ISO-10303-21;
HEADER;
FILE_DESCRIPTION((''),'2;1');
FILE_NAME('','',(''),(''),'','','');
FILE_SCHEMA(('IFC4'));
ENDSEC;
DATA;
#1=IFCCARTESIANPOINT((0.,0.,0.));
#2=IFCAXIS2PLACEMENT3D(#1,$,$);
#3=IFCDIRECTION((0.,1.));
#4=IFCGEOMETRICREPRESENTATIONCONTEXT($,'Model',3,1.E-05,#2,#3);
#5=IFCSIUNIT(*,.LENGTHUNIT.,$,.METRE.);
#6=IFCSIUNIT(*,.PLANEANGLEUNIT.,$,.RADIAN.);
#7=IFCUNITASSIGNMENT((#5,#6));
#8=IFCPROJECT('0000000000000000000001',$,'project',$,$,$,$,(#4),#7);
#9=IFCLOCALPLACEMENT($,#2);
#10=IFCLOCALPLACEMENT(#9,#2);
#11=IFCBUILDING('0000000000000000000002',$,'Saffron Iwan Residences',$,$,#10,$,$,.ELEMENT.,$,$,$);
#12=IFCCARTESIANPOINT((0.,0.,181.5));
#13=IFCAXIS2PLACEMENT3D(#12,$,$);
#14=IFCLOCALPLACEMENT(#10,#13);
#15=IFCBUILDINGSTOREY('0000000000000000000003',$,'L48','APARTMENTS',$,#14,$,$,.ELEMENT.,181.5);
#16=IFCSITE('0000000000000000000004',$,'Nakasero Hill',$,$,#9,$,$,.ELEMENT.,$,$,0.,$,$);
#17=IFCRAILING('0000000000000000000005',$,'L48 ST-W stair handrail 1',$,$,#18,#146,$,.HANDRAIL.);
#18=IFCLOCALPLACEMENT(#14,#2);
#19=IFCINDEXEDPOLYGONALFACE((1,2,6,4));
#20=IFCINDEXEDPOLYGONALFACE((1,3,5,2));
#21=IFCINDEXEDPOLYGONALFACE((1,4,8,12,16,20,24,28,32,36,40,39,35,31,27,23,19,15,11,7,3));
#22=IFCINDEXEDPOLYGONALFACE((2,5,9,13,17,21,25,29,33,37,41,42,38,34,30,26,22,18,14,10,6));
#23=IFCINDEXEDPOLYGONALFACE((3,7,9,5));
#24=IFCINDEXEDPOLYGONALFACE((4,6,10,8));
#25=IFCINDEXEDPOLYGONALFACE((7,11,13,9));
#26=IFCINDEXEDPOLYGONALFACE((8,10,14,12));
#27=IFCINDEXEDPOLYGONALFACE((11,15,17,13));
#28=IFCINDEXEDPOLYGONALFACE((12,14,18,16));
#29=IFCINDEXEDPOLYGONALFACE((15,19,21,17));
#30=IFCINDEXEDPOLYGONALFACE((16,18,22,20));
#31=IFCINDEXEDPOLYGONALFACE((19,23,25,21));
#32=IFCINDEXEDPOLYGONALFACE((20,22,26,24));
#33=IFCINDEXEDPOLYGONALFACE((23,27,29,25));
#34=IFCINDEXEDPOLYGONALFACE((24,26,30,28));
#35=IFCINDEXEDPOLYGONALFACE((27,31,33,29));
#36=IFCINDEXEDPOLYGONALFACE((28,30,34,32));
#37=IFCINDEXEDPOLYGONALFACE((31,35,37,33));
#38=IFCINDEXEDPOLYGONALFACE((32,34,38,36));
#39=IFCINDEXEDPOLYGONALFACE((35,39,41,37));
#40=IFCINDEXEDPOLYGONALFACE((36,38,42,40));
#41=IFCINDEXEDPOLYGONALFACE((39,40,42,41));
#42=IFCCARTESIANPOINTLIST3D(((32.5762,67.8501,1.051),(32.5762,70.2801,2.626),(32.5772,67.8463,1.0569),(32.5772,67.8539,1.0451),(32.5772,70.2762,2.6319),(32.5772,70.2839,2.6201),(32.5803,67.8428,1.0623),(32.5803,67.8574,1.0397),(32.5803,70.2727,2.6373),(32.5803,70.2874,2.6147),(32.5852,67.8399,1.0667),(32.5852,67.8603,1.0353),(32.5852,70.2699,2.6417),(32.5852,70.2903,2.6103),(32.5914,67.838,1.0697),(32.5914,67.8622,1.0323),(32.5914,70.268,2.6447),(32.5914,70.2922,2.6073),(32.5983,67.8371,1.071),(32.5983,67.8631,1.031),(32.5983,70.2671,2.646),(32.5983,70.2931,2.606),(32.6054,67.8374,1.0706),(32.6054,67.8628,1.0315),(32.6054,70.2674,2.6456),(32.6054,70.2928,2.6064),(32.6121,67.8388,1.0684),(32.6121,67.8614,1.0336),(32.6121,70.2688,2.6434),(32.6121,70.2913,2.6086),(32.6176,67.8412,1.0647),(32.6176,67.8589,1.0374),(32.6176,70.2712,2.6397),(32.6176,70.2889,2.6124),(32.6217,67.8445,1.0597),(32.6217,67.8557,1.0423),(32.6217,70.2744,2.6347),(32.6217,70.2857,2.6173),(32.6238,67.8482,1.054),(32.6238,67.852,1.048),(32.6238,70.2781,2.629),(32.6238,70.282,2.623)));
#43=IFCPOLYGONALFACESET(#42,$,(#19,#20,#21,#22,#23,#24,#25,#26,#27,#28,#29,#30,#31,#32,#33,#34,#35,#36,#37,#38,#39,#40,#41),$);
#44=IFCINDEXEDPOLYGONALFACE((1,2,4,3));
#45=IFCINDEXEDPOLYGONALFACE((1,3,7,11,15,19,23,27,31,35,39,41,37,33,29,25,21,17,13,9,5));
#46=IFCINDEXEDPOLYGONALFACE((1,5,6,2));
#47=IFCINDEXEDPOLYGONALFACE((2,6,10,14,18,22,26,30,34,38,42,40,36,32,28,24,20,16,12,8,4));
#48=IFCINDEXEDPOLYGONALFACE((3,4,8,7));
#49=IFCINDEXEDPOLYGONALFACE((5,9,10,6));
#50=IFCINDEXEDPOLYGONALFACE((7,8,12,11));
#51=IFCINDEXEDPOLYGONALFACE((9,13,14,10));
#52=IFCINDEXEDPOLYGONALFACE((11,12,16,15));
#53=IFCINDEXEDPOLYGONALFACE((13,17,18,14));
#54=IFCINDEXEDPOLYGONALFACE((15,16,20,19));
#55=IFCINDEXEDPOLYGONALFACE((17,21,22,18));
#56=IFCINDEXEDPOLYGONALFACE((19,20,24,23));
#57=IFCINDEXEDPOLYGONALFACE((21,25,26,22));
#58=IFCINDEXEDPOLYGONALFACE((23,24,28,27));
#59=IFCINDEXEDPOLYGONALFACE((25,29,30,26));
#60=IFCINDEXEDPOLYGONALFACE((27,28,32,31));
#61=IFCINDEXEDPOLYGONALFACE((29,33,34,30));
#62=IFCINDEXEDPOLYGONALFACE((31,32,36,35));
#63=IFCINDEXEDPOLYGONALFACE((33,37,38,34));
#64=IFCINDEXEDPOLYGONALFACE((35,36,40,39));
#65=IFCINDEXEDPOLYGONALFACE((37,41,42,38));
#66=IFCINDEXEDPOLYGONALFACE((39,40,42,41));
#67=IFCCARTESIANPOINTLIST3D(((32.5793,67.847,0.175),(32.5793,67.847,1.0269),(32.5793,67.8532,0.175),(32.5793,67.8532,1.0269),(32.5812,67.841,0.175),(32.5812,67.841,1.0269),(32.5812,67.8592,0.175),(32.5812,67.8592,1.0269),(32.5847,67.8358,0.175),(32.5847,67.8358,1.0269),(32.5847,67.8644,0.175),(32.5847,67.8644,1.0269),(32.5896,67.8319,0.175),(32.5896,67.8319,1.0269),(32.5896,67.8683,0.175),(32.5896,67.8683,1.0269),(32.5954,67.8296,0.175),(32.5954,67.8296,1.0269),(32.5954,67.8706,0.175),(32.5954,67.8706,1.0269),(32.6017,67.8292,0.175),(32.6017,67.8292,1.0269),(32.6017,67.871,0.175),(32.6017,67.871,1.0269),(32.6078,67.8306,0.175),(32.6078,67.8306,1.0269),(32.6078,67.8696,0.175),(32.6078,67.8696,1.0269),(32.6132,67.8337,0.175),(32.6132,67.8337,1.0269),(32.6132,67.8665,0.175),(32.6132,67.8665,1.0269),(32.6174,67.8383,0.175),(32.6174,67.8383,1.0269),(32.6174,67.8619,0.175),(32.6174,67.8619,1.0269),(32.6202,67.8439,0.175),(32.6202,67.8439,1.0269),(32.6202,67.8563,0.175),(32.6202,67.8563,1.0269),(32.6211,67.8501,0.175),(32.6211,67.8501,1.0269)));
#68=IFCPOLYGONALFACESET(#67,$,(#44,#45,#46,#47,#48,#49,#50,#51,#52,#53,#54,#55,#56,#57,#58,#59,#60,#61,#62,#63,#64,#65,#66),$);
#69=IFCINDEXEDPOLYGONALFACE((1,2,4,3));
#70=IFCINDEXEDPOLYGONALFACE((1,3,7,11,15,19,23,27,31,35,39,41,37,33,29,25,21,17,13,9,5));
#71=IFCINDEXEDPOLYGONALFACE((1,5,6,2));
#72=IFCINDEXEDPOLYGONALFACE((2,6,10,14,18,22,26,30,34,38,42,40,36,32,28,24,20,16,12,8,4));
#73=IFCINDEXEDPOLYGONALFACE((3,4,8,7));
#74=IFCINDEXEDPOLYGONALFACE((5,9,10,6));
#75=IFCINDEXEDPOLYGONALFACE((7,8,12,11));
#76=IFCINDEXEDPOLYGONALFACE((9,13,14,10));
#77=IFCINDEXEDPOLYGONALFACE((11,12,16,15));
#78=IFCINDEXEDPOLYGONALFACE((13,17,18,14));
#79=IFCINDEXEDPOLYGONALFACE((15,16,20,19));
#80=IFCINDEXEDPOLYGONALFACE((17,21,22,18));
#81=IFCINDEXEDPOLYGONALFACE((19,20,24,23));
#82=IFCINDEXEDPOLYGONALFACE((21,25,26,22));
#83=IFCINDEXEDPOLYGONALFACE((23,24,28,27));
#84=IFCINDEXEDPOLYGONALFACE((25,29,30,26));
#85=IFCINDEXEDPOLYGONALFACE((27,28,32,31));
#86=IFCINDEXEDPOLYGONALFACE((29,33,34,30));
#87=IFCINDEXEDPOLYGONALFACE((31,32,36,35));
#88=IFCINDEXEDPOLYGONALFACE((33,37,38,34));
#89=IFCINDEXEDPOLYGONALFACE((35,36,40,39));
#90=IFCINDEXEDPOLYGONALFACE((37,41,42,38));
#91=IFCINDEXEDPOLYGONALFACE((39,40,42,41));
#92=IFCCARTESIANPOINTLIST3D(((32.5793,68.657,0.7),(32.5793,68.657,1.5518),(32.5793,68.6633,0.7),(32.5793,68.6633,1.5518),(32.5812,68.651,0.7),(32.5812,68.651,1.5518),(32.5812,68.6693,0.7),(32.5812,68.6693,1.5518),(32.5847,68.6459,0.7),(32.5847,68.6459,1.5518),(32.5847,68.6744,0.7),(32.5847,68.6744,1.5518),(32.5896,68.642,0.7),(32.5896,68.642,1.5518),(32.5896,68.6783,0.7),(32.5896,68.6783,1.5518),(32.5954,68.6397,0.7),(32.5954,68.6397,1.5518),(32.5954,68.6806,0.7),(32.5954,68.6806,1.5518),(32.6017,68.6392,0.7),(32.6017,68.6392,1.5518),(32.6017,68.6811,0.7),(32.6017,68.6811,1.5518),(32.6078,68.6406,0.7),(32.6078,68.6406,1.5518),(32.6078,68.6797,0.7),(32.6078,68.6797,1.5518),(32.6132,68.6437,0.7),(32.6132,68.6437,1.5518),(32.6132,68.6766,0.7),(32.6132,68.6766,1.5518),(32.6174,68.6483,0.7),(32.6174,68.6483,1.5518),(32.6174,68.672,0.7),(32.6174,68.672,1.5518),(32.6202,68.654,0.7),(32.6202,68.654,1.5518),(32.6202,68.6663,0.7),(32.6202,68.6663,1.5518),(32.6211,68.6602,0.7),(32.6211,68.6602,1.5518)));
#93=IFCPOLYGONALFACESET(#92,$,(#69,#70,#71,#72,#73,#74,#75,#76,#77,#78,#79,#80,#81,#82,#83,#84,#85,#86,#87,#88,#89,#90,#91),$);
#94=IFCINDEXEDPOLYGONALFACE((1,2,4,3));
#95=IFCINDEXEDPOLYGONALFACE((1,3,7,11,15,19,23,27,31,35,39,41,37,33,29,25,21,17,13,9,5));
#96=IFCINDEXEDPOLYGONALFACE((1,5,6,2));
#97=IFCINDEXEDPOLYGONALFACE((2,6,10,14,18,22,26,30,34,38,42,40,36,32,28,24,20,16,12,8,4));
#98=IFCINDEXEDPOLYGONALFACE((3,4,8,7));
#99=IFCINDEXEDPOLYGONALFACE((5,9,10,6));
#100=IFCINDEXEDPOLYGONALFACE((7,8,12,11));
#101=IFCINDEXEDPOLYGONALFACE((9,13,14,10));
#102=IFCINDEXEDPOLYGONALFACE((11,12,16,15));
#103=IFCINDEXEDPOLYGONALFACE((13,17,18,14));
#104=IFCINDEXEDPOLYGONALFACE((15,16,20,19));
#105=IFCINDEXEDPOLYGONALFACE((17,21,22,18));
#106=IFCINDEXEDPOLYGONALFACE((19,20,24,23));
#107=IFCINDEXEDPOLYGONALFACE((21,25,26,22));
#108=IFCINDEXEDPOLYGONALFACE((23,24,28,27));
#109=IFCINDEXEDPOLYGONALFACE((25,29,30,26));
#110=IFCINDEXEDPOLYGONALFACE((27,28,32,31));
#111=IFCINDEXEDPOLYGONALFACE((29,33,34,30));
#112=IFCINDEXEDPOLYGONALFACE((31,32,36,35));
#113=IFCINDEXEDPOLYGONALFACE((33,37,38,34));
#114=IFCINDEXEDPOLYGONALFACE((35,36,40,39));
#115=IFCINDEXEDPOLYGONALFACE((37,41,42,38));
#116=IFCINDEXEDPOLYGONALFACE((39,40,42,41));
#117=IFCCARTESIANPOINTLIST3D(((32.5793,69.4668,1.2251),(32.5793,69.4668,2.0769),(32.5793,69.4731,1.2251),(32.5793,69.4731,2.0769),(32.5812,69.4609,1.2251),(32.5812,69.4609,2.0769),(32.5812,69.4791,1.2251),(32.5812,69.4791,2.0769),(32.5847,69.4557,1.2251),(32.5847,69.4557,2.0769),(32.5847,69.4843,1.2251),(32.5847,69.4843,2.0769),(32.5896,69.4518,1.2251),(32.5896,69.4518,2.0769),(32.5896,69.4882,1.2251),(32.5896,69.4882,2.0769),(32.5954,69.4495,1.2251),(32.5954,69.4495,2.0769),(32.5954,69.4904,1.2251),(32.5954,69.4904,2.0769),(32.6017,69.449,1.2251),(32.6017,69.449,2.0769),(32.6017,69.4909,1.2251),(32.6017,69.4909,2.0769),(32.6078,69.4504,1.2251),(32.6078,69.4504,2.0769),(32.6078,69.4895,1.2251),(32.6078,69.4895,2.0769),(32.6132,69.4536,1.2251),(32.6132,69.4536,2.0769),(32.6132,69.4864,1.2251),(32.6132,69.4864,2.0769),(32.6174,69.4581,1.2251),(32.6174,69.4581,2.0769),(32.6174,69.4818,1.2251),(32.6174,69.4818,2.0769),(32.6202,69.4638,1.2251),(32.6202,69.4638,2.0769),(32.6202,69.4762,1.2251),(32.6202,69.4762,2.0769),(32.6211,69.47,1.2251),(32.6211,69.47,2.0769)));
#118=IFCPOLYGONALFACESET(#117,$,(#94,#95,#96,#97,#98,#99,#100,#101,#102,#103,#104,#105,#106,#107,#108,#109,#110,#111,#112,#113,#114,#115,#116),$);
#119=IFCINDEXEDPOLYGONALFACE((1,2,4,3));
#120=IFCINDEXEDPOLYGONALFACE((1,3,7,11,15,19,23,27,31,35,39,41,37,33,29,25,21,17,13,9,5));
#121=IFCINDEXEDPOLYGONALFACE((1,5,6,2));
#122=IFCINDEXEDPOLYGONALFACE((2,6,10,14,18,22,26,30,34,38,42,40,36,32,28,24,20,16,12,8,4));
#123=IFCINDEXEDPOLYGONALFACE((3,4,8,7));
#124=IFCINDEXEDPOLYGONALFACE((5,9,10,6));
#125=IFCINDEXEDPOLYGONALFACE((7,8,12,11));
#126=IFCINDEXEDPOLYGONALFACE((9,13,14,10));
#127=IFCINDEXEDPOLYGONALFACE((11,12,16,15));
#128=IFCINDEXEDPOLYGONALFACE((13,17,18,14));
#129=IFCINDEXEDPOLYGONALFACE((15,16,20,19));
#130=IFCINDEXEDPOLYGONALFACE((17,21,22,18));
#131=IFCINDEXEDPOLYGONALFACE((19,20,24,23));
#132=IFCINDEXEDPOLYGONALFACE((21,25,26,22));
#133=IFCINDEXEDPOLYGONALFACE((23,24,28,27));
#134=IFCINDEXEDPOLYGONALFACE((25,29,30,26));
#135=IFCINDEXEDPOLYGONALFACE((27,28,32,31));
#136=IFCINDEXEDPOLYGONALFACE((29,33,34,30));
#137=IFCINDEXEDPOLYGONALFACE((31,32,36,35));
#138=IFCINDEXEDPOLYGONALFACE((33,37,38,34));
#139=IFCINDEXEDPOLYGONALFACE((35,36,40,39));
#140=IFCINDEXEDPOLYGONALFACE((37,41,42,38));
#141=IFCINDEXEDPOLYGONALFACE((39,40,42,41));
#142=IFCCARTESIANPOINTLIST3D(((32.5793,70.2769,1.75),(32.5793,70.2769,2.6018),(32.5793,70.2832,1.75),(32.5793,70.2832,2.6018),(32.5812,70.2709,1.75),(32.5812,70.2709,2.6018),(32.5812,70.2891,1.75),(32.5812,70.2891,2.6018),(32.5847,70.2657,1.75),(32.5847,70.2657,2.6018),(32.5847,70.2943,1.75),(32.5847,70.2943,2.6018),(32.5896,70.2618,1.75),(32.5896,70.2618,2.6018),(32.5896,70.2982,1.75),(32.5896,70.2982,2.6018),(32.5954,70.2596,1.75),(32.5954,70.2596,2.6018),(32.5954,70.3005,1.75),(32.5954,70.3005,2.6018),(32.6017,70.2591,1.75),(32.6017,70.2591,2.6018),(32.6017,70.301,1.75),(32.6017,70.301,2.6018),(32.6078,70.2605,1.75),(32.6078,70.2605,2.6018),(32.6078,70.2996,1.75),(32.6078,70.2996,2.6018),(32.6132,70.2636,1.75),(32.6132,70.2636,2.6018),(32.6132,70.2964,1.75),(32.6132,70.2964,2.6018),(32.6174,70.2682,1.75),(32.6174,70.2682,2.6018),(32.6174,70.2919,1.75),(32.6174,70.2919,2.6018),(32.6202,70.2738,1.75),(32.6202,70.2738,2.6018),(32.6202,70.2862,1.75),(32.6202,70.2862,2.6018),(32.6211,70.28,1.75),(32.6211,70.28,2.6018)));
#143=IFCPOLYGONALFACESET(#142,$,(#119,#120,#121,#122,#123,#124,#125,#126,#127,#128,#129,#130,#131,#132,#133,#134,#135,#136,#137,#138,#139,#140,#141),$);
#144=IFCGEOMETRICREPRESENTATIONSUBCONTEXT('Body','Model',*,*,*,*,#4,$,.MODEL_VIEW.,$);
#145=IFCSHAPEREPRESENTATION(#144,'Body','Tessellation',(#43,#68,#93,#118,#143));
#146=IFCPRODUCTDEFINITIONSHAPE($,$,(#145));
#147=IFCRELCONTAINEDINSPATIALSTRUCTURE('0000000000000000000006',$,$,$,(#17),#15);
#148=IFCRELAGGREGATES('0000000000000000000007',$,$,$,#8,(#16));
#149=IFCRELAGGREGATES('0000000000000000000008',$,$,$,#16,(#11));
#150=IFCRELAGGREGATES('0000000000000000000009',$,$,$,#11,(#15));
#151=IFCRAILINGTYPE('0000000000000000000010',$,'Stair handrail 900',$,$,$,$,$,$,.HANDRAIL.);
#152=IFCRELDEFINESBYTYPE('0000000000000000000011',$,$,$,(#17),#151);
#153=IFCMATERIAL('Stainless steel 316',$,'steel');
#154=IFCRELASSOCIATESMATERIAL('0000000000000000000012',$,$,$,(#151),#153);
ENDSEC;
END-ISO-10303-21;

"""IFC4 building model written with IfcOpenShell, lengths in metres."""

from ifc_helpers import new_model, si_unit, direction, frame, origin, origin_2d, place, context, subcontext, project, spatial, circle, extrude, material, type_object, element, save


model = new_model("IFC4")

# Units and contexts
model_context = context("Model", 3, precision=1e-05, world=origin(), true_north=direction((0.0, 1.0)))
body_context = subcontext(model_context, "Body", "Model", "MODEL_VIEW")
ifc_project = project(units=[si_unit("LENGTHUNIT", "METRE"), si_unit("PLANEANGLEUNIT", "RADIAN")], contexts=[model_context])

# Site, building, storey
site_placement = place(None, origin())
site = spatial("IfcSite", under=ifc_project, at=site_placement, Name="Nakasero Hill", CompositionType="ELEMENT", RefElevation=0.0)
building_placement = place(site_placement, origin())
building = spatial("IfcBuilding", under=site, at=building_placement, Name="Saffron Iwan Residences", CompositionType="ELEMENT")
storey_placement = place(building_placement, frame((0.0, 0.0, 181.5)))
storey = spatial("IfcBuildingStorey", under=building, at=storey_placement, Name="L48", Description="APARTMENTS", CompositionType="ELEMENT", Elevation=181.5)

# Railing
ifc_material_1 = material(Name="Stainless steel 316", Category="steel")
railing_type_1 = type_object("IfcRailingType", Name="Stair handrail 900", PredefinedType="HANDRAIL", material=ifc_material_1)
railing_1_placement = place(storey_placement, frame((32.6001, 67.8501, 0.175)))
element("IfcRailing", 1, at=railing_1_placement, inside=storey, type_object=railing_type_1, Name="L48 ST-W stair handrail 1", PredefinedType="HANDRAIL", context=body_context, shape_type="SweptSolid", body=[
    extrude(circle(Radius=0.0239, at=origin_2d()), frame((0.0, 0.0, 0.876), z_axis=(0.0, 0.839154, 0.543894), x_axis=(-1.0, 0.0, 0.0)), (0.0, 0.0, 1.0), 2.8958),
    extrude(circle(Radius=0.021, at=origin_2d()), origin(), (0.0, 0.0, 1.0), 0.8518),
    extrude(circle(Radius=0.021, at=origin_2d()), frame((0.0, 0.8101, 0.5249)), (0.0, 0.0, 1.0), 0.8518),
    extrude(circle(Radius=0.021, at=origin_2d()), frame((0.0, 1.6199, 1.05)), (0.0, 0.0, 1.0), 0.8518),
    extrude(circle(Radius=0.021, at=origin_2d()), frame((0.0, 2.4299, 1.575)), (0.0, 0.0, 1.0), 0.8518),
])

save(model, "model.ifc")
